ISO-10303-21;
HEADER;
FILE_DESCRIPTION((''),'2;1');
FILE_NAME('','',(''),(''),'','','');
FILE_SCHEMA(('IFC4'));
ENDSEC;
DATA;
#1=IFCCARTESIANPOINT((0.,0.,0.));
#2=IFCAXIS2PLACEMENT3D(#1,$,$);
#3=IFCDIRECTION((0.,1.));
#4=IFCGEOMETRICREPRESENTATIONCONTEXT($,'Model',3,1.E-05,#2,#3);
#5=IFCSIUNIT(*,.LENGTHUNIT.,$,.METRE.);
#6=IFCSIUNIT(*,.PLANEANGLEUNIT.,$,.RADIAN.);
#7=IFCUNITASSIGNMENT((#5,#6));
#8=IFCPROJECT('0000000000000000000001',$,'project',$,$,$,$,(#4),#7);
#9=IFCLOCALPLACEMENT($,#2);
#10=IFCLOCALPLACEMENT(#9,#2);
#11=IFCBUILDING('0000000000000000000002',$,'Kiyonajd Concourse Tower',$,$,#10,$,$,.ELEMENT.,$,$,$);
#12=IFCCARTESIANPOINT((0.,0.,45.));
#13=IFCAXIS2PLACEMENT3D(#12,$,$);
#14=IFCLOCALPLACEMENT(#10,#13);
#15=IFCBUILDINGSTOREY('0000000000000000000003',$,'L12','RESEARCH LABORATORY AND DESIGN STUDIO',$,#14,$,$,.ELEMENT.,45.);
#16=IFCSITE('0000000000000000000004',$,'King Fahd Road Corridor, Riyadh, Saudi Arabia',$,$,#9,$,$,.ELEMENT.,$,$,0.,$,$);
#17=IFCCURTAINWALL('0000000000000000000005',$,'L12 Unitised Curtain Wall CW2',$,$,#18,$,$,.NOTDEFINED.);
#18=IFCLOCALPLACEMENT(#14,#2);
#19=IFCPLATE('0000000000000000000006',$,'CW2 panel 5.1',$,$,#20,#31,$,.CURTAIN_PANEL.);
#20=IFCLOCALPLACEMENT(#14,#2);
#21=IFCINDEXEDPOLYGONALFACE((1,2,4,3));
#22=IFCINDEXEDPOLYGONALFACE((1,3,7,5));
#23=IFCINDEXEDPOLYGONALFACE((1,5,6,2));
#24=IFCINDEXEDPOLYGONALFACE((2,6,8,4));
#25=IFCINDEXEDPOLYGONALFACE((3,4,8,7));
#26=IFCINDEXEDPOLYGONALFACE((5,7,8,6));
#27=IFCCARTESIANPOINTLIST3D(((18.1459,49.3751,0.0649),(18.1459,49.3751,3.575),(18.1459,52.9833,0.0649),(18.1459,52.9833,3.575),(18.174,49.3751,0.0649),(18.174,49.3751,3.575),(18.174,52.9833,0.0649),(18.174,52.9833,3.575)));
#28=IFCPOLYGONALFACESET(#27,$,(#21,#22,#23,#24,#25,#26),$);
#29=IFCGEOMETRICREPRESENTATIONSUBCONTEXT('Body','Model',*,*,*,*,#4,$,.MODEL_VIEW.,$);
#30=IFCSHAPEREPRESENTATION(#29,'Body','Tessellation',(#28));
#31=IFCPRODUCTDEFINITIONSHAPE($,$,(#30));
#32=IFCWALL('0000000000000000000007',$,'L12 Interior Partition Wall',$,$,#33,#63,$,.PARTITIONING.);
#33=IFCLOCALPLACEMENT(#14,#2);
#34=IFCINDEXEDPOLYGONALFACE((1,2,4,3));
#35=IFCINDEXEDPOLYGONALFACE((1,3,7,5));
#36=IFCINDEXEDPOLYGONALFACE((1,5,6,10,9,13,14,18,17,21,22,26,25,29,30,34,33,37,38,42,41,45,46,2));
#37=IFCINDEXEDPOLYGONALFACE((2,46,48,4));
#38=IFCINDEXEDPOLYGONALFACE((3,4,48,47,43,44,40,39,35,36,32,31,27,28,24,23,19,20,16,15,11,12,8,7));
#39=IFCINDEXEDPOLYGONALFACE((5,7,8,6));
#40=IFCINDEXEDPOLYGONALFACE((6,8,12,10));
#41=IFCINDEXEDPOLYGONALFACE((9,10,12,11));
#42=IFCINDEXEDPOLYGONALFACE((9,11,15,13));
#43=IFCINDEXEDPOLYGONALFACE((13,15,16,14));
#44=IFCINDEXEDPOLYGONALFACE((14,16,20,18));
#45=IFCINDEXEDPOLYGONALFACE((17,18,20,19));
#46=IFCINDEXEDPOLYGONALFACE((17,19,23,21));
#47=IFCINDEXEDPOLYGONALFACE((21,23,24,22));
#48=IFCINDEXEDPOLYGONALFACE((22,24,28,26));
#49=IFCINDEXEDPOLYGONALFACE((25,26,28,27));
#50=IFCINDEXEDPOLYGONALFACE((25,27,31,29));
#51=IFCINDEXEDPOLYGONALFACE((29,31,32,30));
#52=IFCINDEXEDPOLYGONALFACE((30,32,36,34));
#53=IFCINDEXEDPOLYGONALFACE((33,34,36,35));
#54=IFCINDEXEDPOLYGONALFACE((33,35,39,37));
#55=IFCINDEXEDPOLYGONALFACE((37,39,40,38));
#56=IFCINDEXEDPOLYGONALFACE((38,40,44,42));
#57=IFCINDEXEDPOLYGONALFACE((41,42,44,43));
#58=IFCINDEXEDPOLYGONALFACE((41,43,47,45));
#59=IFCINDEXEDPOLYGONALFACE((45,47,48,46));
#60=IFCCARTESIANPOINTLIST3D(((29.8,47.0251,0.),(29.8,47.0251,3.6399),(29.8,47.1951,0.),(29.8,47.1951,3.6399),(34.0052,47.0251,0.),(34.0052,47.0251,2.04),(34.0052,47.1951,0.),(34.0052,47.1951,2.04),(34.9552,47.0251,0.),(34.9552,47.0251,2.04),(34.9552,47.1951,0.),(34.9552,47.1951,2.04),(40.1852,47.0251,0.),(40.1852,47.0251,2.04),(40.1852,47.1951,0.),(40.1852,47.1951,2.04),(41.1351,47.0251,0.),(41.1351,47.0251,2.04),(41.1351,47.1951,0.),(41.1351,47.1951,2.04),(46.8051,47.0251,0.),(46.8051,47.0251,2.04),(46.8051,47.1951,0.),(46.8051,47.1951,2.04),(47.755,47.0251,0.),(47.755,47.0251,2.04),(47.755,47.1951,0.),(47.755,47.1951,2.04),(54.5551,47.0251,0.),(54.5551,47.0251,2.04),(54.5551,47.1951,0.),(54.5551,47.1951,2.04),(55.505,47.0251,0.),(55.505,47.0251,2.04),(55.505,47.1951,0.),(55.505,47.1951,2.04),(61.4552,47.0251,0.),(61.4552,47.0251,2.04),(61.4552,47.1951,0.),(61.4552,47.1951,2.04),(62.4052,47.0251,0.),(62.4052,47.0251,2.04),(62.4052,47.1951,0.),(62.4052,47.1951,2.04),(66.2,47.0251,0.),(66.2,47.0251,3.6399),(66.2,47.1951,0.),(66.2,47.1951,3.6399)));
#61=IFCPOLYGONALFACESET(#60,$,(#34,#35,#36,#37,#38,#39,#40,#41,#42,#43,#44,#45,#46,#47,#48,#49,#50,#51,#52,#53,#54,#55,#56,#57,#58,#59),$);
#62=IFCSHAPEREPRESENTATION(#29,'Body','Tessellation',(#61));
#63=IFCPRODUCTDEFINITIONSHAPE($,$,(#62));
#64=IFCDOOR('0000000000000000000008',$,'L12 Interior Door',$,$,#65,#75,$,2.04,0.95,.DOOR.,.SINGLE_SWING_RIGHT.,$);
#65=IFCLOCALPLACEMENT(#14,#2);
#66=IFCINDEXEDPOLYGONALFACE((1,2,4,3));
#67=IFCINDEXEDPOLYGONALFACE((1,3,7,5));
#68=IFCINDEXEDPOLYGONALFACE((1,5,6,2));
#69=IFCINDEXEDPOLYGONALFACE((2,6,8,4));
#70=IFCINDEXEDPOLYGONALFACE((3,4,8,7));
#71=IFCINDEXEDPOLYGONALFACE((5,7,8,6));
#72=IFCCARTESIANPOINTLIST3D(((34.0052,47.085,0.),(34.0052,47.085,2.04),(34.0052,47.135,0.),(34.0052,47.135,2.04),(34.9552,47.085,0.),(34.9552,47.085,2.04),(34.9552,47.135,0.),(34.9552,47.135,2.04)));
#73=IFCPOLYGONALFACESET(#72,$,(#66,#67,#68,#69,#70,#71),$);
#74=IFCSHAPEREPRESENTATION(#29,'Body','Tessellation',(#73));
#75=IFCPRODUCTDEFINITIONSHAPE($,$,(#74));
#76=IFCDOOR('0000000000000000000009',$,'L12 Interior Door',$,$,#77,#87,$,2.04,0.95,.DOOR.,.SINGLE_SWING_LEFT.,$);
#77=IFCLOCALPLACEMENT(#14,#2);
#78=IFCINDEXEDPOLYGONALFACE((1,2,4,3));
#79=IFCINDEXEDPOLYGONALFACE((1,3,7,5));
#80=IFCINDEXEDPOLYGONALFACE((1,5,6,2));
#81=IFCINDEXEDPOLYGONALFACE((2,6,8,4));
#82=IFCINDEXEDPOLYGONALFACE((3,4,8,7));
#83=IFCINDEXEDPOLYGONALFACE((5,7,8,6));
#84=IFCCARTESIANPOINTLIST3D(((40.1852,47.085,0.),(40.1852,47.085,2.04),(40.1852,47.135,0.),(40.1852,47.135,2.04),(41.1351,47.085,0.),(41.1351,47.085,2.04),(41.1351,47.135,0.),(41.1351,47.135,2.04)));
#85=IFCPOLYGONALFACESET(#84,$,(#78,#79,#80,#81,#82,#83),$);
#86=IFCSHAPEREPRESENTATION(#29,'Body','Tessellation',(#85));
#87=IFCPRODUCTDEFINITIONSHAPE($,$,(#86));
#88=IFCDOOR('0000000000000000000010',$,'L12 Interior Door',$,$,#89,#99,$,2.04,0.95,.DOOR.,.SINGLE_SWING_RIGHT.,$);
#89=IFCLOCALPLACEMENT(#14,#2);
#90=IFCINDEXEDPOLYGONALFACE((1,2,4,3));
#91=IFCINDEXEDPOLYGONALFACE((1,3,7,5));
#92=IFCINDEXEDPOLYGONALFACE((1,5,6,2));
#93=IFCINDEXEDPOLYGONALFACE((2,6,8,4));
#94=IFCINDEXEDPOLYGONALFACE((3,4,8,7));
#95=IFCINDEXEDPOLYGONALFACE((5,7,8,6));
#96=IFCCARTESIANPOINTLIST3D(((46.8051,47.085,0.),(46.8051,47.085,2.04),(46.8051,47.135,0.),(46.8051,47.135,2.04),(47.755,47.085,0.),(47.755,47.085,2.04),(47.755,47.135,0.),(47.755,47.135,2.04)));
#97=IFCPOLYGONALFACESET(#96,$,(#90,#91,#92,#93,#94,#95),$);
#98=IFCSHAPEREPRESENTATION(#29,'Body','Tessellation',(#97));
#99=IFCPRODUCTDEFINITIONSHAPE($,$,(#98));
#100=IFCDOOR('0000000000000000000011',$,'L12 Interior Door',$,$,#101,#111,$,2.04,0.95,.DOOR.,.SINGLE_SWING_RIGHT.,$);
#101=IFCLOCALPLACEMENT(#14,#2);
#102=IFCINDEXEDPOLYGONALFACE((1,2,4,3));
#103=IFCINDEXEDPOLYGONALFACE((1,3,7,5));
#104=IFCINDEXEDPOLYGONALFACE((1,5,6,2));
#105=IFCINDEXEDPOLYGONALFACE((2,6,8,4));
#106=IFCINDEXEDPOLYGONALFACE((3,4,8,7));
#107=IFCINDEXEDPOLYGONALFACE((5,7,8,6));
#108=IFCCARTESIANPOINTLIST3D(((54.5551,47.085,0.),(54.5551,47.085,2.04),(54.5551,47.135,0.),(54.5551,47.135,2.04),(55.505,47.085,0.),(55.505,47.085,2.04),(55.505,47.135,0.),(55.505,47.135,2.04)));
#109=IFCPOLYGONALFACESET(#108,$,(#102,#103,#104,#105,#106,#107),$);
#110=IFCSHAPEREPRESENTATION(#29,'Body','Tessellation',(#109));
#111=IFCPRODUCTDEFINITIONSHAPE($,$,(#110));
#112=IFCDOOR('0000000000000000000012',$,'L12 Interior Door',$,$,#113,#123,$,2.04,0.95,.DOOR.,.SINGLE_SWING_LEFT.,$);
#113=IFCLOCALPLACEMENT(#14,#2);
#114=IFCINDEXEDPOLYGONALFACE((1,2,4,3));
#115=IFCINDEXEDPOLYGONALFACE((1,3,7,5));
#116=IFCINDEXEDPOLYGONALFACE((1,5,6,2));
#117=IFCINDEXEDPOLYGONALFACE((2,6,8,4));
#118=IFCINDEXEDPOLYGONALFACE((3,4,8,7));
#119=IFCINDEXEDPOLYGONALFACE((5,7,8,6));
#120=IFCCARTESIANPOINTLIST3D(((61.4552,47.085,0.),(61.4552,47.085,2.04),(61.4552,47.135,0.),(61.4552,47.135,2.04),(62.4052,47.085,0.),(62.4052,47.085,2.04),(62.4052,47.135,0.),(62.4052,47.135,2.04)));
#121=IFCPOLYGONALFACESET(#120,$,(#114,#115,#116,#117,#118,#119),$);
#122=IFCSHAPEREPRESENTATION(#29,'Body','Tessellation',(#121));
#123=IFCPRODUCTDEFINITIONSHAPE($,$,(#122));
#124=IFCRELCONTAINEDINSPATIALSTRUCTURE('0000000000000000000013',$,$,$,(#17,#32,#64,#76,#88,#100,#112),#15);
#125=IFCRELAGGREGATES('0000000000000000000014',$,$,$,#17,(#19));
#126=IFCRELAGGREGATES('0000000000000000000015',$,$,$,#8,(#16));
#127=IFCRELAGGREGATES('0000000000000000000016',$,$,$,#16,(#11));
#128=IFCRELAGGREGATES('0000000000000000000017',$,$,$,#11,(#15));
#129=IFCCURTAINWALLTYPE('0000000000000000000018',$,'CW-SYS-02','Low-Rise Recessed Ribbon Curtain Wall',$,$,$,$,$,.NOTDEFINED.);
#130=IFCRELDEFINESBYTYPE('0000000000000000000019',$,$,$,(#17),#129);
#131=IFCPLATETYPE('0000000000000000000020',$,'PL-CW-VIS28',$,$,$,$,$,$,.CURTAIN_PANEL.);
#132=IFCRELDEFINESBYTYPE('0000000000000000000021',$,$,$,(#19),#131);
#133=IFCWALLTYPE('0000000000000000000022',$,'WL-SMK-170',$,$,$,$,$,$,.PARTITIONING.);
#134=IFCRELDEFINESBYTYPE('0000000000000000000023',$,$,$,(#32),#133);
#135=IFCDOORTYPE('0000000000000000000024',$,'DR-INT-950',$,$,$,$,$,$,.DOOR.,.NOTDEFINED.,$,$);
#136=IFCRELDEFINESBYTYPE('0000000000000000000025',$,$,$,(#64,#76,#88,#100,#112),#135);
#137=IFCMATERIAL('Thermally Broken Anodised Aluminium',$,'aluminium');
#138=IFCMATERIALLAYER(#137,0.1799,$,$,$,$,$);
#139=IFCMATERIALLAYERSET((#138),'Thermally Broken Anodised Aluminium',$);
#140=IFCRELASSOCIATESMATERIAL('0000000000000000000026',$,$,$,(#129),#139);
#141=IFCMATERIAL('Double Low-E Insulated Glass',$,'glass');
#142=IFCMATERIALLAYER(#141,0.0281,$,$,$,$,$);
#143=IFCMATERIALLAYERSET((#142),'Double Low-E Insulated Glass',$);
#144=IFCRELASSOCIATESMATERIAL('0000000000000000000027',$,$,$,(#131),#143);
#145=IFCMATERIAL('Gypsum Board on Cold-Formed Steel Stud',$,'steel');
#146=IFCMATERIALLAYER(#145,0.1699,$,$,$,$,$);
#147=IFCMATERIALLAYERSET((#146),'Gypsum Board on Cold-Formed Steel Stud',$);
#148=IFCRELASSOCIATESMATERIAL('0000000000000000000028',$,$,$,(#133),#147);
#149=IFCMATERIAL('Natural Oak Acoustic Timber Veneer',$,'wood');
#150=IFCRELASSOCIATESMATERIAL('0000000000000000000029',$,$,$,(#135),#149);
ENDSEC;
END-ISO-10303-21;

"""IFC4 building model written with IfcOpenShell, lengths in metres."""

from ifc_helpers import new_model, si_unit, direction, frame, frame_2d, origin, origin_2d, place, context, subcontext, project, spatial, rectangle, extrude, material, layer, layer_set, type_object, element, fill, aggregate, save


model = new_model("IFC4")

# Units and contexts
model_context = context("Model", 3, precision=1e-05, world=origin(), true_north=direction((0.0, 1.0)))
body_context = subcontext(model_context, "Body", "Model", "MODEL_VIEW")
ifc_project = project(units=[si_unit("LENGTHUNIT", "METRE"), si_unit("PLANEANGLEUNIT", "RADIAN")], contexts=[model_context])

# Site, building, storey
site_placement = place(None, origin())
site = spatial("IfcSite", under=ifc_project, at=site_placement, Name="King Fahd Road Corridor, Riyadh, Saudi Arabia", CompositionType="ELEMENT", RefElevation=0.0)
building_placement = place(site_placement, origin())
building = spatial("IfcBuilding", under=site, at=building_placement, Name="Kiyonajd Concourse Tower", CompositionType="ELEMENT")
storey_placement = place(building_placement, frame((0.0, 0.0, 45.0)))
storey = spatial("IfcBuildingStorey", under=building, at=storey_placement, Name="L12", Description="RESEARCH LABORATORY AND DESIGN STUDIO", CompositionType="ELEMENT", Elevation=45.0)

# Curtain wall, plate
ifc_material_1 = material(Name="Thermally Broken Anodised Aluminium", Category="aluminium")
ifc_layer_1 = layer(ifc_material_1, 0.1799)
ifc_layer_set_1 = layer_set([ifc_layer_1], Name="Thermally Broken Anodised Aluminium")
curtain_wall_type = type_object("IfcCurtainWallType", Name="CW-SYS-02", Description="Low-Rise Recessed Ribbon Curtain Wall", PredefinedType="NOTDEFINED", material=ifc_layer_set_1)
curtain_wall_placement = place(storey_placement, origin())
curtain_wall = element("IfcCurtainWall", 1, at=curtain_wall_placement, inside=storey, type_object=curtain_wall_type, Name="L12 Unitised Curtain Wall CW2", PredefinedType="NOTDEFINED")
ifc_material_2 = material(Name="Double Low-E Insulated Glass", Category="glass")
ifc_layer_2 = layer(ifc_material_2, 0.0281)
ifc_layer_set_2 = layer_set([ifc_layer_2], Name="Double Low-E Insulated Glass")
plate_type = type_object("IfcPlateType", Name="PL-CW-VIS28", PredefinedType="CURTAIN_PANEL", material=ifc_layer_set_2)
plate_1_placement = place(storey_placement, frame((18.1599, 51.1792, 0.0649), z_axis=(0.0, 0.0, 1.0), x_axis=(0.0, 1.0, 0.0)))
plate_1 = element("IfcPlate", 2, at=plate_1_placement, type_object=plate_type, Name="CW2 panel 5.1", PredefinedType="CURTAIN_PANEL", context=body_context, shape_type="SweptSolid", body=[
    extrude(rectangle(XDim=3.6082, YDim=0.0281, at=origin_2d()), origin(), (0.0, 0.0, 1.0), 3.51),
])
aggregate(curtain_wall, [plate_1])

# Wall, openings, doors
ifc_material_3 = material(Name="Gypsum Board on Cold-Formed Steel Stud", Category="steel")
ifc_layer_3 = layer(ifc_material_3, 0.1699)
ifc_layer_set_3 = layer_set([ifc_layer_3], Name="Gypsum Board on Cold-Formed Steel Stud")
wall_type = type_object("IfcWallType", Name="WL-SMK-170", PredefinedType="PARTITIONING", material=ifc_layer_set_3)
wall_placement = place(storey_placement, frame((29.8, 47.1101, 0.0), z_axis=(0.0, 0.0, 1.0), x_axis=(1.0, 0.0, 0.0)))
wall = element("IfcWall", 3, at=wall_placement, inside=storey, type_object=wall_type, Name="L12 Interior Partition Wall", PredefinedType="PARTITIONING", context=body_context, shape_type="SweptSolid", body=[
    extrude(rectangle(XDim=36.3999, YDim=0.1699, at=frame_2d((18.2, 0.0))), origin(), (0.0, 0.0, 1.0), 3.6399),
])
opening_1_placement = place(wall_placement, frame((4.2051, 0.0, 0.0)))
opening_1 = element("IfcOpeningElement", 4, at=opening_1_placement, cuts=wall, PredefinedType="OPENING", context=body_context, shape_type="SweptSolid", body=[
    extrude(rectangle(XDim=0.95, YDim=2.04, at=frame_2d((0.4751, 1.02))), frame((0.0, 0.095, 0.0), z_axis=(0.0, -1.0, 0.0), x_axis=(1.0, 0.0, 0.0)), (0.0, 0.0, 1.0), 0.1899),
])
opening_2_placement = place(wall_placement, frame((10.385, 0.0, 0.0)))
opening_2 = element("IfcOpeningElement", 5, at=opening_2_placement, cuts=wall, PredefinedType="OPENING", context=body_context, shape_type="SweptSolid", body=[
    extrude(rectangle(XDim=0.95, YDim=2.04, at=frame_2d((0.4751, 1.02))), frame((0.0, 0.095, 0.0), z_axis=(0.0, -1.0, 0.0), x_axis=(1.0, 0.0, 0.0)), (0.0, 0.0, 1.0), 0.1899),
])
opening_3_placement = place(wall_placement, frame((17.0049, 0.0, 0.0)))
opening_3 = element("IfcOpeningElement", 6, at=opening_3_placement, cuts=wall, PredefinedType="OPENING", context=body_context, shape_type="SweptSolid", body=[
    extrude(rectangle(XDim=0.95, YDim=2.04, at=frame_2d((0.4751, 1.02))), frame((0.0, 0.095, 0.0), z_axis=(0.0, -1.0, 0.0), x_axis=(1.0, 0.0, 0.0)), (0.0, 0.0, 1.0), 0.1899),
])
opening_4_placement = place(wall_placement, frame((24.7549, 0.0, 0.0)))
opening_4 = element("IfcOpeningElement", 7, at=opening_4_placement, cuts=wall, PredefinedType="OPENING", context=body_context, shape_type="SweptSolid", body=[
    extrude(rectangle(XDim=0.95, YDim=2.04, at=frame_2d((0.4751, 1.02))), frame((0.0, 0.095, 0.0), z_axis=(0.0, -1.0, 0.0), x_axis=(1.0, 0.0, 0.0)), (0.0, 0.0, 1.0), 0.1899),
])
opening_5_placement = place(wall_placement, frame((31.655, 0.0, 0.0)))
opening_5 = element("IfcOpeningElement", 8, at=opening_5_placement, cuts=wall, PredefinedType="OPENING", context=body_context, shape_type="SweptSolid", body=[
    extrude(rectangle(XDim=0.95, YDim=2.04, at=frame_2d((0.4751, 1.02))), frame((0.0, 0.095, 0.0), z_axis=(0.0, -1.0, 0.0), x_axis=(1.0, 0.0, 0.0)), (0.0, 0.0, 1.0), 0.1899),
])
ifc_material_4 = material(Name="Natural Oak Acoustic Timber Veneer", Category="wood")
door_type = type_object("IfcDoorType", Name="DR-INT-950", OperationType="NOTDEFINED", PredefinedType="DOOR", material=ifc_material_4)
door_1_placement = place(opening_1_placement, origin())
door_1 = element("IfcDoor", 9, at=door_1_placement, inside=storey, type_object=door_type, Name="L12 Interior Door", OperationType="SINGLE_SWING_RIGHT", OverallHeight=2.04, OverallWidth=0.95, PredefinedType="DOOR", context=body_context, shape_type="SweptSolid", body=[
    extrude(rectangle(XDim=0.95, YDim=2.04, at=frame_2d((0.4751, 1.02))), frame((0.0, 0.0249, 0.0), z_axis=(0.0, -1.0, 0.0), x_axis=(1.0, 0.0, 0.0)), (0.0, 0.0, 1.0), 0.05),
])
fill(opening_1, door_1)
door_2_placement = place(opening_2_placement, origin())
door_2 = element("IfcDoor", 10, at=door_2_placement, inside=storey, type_object=door_type, Name="L12 Interior Door", OperationType="SINGLE_SWING_LEFT", OverallHeight=2.04, OverallWidth=0.95, PredefinedType="DOOR", context=body_context, shape_type="SweptSolid", body=[
    extrude(rectangle(XDim=0.95, YDim=2.04, at=frame_2d((0.4751, 1.02))), frame((0.0, 0.0249, 0.0), z_axis=(0.0, -1.0, 0.0), x_axis=(1.0, 0.0, 0.0)), (0.0, 0.0, 1.0), 0.05),
])
fill(opening_2, door_2)
door_3_placement = place(opening_3_placement, origin())
door_3 = element("IfcDoor", 11, at=door_3_placement, inside=storey, type_object=door_type, Name="L12 Interior Door", OperationType="SINGLE_SWING_RIGHT", OverallHeight=2.04, OverallWidth=0.95, PredefinedType="DOOR", context=body_context, shape_type="SweptSolid", body=[
    extrude(rectangle(XDim=0.95, YDim=2.04, at=frame_2d((0.4751, 1.02))), frame((0.0, 0.0249, 0.0), z_axis=(0.0, -1.0, 0.0), x_axis=(1.0, 0.0, 0.0)), (0.0, 0.0, 1.0), 0.05),
])
fill(opening_3, door_3)
door_4_placement = place(opening_4_placement, origin())
door_4 = element("IfcDoor", 12, at=door_4_placement, inside=storey, type_object=door_type, Name="L12 Interior Door", OperationType="SINGLE_SWING_RIGHT", OverallHeight=2.04, OverallWidth=0.95, PredefinedType="DOOR", context=body_context, shape_type="SweptSolid", body=[
    extrude(rectangle(XDim=0.95, YDim=2.04, at=frame_2d((0.4751, 1.02))), frame((0.0, 0.0249, 0.0), z_axis=(0.0, -1.0, 0.0), x_axis=(1.0, 0.0, 0.0)), (0.0, 0.0, 1.0), 0.05),
])
fill(opening_4, door_4)
door_5_placement = place(opening_5_placement, origin())
door_5 = element("IfcDoor", 13, at=door_5_placement, inside=storey, type_object=door_type, Name="L12 Interior Door", OperationType="SINGLE_SWING_LEFT", OverallHeight=2.04, OverallWidth=0.95, PredefinedType="DOOR", context=body_context, shape_type="SweptSolid", body=[
    extrude(rectangle(XDim=0.95, YDim=2.04, at=frame_2d((0.4751, 1.02))), frame((0.0, 0.0249, 0.0), z_axis=(0.0, -1.0, 0.0), x_axis=(1.0, 0.0, 0.0)), (0.0, 0.0, 1.0), 0.05),
])
fill(opening_5, door_5)

save(model, "model.ifc")
